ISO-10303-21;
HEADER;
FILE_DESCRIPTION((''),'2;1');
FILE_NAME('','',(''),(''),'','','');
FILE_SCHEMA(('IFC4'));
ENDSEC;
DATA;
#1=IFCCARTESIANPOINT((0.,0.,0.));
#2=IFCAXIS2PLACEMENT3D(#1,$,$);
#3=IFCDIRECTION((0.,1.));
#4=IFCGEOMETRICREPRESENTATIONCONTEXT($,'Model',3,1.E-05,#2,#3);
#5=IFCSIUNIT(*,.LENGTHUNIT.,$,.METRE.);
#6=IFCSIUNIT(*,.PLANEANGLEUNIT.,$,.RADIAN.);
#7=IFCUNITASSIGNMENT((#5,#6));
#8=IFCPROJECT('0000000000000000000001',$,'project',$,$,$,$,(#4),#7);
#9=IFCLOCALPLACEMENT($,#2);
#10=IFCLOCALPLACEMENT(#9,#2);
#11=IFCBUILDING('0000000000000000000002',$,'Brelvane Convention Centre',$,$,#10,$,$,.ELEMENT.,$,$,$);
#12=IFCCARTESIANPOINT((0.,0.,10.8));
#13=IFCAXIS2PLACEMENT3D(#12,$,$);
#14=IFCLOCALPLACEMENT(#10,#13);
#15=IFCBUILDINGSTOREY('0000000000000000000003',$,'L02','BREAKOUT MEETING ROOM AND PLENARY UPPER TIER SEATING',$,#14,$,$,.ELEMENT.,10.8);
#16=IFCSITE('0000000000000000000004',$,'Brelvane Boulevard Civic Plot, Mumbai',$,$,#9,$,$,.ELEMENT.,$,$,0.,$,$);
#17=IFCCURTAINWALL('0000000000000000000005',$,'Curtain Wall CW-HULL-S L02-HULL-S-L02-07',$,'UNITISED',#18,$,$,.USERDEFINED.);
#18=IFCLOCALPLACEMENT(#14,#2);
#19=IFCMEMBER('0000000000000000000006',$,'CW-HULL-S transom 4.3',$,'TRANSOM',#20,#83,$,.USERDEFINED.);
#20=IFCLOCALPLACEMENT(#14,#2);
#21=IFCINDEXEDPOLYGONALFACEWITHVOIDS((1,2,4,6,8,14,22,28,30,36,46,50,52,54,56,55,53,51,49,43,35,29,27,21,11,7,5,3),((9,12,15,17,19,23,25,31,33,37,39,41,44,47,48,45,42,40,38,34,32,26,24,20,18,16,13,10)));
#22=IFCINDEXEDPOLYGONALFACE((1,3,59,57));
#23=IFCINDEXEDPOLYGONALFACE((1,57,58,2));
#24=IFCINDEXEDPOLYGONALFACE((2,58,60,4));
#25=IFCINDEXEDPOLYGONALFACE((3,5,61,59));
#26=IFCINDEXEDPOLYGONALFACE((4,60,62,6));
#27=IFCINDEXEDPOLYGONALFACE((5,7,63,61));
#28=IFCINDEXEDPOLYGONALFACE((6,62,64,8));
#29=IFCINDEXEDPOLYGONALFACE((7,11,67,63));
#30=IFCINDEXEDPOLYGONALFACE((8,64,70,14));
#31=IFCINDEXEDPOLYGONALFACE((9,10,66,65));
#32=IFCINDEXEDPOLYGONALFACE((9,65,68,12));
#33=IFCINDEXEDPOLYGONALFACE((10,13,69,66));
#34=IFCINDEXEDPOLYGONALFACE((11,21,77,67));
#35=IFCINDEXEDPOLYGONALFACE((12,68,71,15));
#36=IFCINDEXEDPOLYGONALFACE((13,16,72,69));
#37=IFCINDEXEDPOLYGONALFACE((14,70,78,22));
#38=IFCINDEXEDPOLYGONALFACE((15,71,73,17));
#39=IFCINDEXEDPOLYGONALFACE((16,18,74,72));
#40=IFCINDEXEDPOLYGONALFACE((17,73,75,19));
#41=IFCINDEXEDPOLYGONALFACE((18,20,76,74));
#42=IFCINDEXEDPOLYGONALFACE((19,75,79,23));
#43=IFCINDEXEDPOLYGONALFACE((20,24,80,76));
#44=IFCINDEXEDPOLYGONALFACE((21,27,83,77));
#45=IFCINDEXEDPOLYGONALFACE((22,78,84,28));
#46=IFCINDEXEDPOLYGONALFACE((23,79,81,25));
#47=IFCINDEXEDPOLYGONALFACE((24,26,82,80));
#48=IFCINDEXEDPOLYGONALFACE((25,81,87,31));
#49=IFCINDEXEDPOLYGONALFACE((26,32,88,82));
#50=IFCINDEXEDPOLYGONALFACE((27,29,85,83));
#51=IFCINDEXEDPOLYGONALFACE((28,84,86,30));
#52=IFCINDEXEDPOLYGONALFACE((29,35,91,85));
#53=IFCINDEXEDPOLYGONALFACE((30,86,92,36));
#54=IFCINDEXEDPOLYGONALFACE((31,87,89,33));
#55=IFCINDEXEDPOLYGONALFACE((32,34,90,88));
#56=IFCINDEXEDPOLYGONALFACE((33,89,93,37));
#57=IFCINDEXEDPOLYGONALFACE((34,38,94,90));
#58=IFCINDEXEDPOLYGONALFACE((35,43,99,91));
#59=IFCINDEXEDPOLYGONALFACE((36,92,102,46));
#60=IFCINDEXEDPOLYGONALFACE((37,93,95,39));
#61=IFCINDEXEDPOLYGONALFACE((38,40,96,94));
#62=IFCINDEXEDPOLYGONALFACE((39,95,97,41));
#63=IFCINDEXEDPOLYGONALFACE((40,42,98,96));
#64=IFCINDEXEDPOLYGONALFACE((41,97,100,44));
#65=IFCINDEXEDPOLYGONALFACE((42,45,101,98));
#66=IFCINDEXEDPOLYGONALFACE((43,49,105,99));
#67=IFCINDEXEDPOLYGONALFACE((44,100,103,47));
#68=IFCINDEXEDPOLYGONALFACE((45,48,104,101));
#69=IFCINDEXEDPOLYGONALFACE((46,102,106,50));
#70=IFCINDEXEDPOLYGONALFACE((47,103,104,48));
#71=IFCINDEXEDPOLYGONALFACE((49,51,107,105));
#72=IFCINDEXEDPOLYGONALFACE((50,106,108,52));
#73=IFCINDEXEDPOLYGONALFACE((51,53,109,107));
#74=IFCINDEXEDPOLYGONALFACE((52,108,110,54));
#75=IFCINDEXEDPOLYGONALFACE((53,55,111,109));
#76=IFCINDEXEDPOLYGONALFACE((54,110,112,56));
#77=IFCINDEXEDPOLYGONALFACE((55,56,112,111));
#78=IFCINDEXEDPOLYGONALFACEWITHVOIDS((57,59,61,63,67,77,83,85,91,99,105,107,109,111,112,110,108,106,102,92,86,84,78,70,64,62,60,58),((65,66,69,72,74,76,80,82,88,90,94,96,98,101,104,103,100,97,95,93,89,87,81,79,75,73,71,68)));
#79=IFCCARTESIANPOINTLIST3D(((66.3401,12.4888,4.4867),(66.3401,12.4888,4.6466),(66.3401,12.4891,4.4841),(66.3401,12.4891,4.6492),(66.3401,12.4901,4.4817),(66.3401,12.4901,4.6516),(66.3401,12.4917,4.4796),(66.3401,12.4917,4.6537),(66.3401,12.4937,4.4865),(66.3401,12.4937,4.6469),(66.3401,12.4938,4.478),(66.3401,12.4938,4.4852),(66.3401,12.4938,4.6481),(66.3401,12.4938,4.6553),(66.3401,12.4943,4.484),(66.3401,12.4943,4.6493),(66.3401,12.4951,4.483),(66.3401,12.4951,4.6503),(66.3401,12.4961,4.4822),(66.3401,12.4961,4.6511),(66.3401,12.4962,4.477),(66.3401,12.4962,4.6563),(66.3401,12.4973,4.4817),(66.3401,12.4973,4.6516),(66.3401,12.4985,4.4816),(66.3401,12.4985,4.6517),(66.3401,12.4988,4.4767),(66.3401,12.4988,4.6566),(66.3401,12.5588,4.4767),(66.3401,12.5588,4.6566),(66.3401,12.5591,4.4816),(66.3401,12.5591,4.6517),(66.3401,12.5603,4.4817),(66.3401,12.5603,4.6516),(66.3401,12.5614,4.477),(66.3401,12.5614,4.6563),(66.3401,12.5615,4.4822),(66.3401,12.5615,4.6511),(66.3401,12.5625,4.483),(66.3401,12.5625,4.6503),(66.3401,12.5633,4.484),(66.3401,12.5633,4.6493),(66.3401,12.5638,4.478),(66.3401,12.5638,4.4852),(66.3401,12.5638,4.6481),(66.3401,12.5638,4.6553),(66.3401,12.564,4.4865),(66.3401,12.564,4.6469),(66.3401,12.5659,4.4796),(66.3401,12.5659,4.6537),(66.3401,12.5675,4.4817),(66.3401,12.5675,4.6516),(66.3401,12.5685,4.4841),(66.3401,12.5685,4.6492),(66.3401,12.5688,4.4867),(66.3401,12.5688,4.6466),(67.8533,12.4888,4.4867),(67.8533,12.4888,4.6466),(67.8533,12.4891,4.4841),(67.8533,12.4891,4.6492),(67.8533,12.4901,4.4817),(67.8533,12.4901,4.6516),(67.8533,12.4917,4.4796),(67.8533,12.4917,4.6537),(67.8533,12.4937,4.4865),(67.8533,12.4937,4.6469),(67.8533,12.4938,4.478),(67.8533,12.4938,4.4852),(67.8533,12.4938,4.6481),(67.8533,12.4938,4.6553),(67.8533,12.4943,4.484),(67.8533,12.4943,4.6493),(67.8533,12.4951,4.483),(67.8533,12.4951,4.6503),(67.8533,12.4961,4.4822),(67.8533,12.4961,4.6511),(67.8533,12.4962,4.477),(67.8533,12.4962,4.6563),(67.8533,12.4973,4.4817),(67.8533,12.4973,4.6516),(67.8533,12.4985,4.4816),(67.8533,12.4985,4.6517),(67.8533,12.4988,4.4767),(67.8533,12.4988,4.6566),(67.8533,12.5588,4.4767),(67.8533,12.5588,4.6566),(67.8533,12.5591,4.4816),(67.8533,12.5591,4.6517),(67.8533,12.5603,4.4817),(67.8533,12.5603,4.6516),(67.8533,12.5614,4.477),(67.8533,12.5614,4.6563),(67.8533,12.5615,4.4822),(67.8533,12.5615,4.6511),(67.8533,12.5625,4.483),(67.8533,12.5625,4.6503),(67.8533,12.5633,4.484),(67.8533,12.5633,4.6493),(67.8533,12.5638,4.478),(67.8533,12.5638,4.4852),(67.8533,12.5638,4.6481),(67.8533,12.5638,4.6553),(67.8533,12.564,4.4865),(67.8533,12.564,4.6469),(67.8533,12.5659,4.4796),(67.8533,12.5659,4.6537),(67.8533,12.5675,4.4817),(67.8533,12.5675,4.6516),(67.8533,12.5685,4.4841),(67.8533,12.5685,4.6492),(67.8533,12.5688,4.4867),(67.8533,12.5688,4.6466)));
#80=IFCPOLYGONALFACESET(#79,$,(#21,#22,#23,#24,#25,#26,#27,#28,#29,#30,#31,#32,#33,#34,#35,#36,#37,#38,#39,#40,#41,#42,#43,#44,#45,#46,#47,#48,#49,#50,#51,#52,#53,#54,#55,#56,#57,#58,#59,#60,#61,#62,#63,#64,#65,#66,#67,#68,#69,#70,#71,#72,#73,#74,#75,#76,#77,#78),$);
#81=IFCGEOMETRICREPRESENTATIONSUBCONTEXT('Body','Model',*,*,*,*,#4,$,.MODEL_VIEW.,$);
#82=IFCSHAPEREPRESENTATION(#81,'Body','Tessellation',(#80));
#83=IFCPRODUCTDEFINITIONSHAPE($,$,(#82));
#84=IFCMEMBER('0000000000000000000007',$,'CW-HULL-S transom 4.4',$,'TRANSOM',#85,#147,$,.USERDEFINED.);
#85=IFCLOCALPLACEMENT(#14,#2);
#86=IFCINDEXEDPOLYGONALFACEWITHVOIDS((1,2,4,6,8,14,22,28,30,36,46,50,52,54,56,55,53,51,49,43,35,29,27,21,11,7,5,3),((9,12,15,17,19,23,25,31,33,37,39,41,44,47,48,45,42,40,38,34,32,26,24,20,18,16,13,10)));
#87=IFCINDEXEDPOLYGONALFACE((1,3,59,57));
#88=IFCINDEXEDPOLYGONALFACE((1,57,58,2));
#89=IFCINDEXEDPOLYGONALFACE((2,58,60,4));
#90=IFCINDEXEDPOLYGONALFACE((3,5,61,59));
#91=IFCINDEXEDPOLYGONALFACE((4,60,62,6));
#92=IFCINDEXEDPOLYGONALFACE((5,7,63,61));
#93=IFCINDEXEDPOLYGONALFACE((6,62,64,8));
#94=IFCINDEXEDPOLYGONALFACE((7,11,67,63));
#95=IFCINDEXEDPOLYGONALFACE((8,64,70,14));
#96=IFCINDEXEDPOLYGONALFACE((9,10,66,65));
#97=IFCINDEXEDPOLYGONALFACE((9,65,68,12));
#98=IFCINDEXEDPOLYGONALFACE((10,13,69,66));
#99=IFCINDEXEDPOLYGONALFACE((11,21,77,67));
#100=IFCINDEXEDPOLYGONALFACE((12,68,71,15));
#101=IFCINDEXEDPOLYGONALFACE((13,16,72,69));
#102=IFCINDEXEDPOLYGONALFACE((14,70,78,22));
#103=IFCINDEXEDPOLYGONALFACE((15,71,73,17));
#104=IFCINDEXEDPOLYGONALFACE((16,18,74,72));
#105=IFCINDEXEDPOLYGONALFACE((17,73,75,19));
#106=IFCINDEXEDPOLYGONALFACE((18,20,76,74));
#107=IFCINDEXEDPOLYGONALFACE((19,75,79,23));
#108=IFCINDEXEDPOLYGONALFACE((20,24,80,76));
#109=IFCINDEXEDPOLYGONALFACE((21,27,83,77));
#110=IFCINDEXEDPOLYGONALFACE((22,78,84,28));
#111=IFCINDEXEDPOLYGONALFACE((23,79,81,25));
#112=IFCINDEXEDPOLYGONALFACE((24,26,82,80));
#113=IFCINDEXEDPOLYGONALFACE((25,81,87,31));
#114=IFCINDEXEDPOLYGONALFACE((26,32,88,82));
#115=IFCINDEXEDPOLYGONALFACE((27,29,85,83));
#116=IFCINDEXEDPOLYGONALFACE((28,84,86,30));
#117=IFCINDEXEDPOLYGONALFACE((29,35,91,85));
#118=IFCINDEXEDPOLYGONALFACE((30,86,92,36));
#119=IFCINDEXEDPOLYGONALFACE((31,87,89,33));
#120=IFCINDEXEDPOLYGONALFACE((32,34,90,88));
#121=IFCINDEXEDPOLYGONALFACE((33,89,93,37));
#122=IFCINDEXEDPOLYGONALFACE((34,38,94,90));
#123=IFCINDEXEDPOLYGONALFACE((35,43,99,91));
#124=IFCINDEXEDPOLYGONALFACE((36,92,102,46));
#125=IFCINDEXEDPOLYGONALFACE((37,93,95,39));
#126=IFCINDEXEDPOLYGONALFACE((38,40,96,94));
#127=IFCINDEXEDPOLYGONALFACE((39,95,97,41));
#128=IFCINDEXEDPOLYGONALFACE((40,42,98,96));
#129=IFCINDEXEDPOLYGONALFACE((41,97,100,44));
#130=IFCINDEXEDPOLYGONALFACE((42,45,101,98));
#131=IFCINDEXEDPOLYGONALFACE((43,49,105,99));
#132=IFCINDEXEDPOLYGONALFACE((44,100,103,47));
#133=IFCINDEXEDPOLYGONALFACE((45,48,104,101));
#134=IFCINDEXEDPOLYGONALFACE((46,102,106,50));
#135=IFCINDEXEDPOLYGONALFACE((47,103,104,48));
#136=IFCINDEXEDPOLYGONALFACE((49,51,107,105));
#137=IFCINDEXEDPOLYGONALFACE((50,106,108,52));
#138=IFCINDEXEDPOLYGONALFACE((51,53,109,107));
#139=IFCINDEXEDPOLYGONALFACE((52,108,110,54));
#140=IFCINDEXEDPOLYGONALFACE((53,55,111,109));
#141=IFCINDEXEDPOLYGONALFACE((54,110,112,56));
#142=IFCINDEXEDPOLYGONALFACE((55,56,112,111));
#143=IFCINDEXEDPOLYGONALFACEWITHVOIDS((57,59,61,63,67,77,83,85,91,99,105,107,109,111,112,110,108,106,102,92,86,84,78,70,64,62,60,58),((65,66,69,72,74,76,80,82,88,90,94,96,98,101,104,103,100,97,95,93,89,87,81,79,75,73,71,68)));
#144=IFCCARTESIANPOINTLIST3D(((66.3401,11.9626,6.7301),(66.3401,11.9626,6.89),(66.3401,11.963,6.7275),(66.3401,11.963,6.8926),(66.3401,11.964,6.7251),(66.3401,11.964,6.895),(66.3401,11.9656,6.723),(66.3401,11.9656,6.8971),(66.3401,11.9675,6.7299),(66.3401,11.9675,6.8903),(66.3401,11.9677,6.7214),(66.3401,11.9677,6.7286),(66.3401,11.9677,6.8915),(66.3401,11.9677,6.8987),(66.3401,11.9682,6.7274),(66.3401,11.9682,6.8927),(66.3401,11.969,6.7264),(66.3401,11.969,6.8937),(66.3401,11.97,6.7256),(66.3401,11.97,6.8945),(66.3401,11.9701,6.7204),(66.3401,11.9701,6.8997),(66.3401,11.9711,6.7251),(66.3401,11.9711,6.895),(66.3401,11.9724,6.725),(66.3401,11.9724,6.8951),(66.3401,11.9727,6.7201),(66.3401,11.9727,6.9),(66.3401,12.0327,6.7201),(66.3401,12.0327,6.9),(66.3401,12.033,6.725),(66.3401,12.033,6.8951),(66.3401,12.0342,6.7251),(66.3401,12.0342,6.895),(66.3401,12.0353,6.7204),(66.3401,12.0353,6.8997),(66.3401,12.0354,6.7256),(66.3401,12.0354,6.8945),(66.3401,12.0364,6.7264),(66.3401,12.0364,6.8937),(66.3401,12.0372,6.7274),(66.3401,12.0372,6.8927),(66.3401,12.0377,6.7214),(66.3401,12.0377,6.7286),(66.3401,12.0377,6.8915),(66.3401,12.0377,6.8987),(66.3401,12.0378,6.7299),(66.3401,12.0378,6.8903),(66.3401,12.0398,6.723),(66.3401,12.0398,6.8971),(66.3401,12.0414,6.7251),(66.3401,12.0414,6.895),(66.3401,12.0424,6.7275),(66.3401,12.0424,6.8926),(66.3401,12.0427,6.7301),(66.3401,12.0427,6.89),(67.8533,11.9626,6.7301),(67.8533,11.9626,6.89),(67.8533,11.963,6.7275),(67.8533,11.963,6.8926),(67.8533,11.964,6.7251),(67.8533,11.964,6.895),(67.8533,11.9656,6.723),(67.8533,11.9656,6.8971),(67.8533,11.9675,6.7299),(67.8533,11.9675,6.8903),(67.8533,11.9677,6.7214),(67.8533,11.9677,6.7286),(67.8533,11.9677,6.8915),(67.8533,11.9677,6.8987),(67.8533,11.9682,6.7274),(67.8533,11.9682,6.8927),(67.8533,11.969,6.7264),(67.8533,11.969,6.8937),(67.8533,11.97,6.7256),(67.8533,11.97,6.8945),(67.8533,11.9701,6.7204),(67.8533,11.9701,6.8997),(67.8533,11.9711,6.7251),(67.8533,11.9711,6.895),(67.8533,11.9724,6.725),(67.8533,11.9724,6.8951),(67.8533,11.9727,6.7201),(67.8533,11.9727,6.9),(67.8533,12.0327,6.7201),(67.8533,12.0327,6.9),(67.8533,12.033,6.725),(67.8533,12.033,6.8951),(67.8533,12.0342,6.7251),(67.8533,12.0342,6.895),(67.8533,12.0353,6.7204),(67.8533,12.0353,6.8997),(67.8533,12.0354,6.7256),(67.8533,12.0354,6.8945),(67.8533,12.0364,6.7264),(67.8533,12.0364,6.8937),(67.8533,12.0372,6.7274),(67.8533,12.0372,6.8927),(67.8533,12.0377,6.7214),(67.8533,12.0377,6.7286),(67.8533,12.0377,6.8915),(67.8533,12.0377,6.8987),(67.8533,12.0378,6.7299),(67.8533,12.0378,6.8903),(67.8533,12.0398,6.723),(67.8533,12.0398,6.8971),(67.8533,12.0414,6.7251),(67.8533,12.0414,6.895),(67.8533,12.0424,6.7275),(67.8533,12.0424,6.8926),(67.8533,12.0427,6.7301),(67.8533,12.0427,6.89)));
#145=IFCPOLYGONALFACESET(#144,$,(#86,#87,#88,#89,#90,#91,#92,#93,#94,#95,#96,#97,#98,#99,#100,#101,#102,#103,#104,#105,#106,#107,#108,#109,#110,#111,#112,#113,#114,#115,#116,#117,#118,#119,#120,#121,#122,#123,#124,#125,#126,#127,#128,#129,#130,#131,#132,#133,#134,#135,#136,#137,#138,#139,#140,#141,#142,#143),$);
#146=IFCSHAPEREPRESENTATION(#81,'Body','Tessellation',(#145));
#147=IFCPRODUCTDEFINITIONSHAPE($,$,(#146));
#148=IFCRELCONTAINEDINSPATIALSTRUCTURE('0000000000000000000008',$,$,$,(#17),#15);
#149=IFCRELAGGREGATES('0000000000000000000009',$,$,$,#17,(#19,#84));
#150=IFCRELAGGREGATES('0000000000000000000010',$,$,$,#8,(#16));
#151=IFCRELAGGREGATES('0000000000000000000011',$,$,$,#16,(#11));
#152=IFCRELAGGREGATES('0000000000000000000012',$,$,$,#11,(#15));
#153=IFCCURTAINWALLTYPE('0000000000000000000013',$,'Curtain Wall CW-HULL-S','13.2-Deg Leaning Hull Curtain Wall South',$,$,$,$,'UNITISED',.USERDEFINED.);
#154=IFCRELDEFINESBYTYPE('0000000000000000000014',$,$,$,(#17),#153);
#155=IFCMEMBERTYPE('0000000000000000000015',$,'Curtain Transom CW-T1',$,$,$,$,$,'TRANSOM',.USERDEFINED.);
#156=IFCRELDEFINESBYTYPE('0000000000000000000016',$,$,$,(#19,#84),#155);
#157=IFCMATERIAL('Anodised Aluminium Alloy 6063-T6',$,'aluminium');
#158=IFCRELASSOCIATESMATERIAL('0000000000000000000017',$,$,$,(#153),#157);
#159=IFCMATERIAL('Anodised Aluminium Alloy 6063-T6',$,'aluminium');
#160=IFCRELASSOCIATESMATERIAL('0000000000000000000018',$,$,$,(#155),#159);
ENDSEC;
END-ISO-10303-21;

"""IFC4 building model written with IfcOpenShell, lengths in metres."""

from ifc_helpers import new_model, si_unit, direction, frame, origin, origin_2d, place, context, subcontext, project, spatial, hollow_rectangle, extrude, material, material_profile, profile_set, type_object, element, aggregate, save


model = new_model("IFC4")

# Units and contexts
model_context = context("Model", 3, precision=1e-05, world=origin(), true_north=direction((0.0, 1.0)))
body_context = subcontext(model_context, "Body", "Model", "MODEL_VIEW")
ifc_project = project(units=[si_unit("LENGTHUNIT", "METRE"), si_unit("PLANEANGLEUNIT", "RADIAN")], contexts=[model_context])

# Site, building, storey
site_placement = place(None, origin())
site = spatial("IfcSite", under=ifc_project, at=site_placement, Name="Brelvane Boulevard Civic Plot, Mumbai", CompositionType="ELEMENT", RefElevation=0.0)
building_placement = place(site_placement, origin())
building = spatial("IfcBuilding", under=site, at=building_placement, Name="Brelvane Convention Centre", CompositionType="ELEMENT")
storey_placement = place(building_placement, frame((0.0, 0.0, 10.8)))
storey = spatial("IfcBuildingStorey", under=building, at=storey_placement, Name="L02", Description="BREAKOUT MEETING ROOM AND PLENARY UPPER TIER SEATING", CompositionType="ELEMENT", Elevation=10.8)

# Curtain wall, members
ifc_material_1 = material(Name="Anodised Aluminium Alloy 6063-T6", Category="aluminium")
curtain_wall_type = type_object("IfcCurtainWallType", Name="Curtain Wall CW-HULL-S", Description="13.2-Deg Leaning Hull Curtain Wall South", ElementType="UNITISED", PredefinedType="USERDEFINED", material=ifc_material_1)
curtain_wall_1_placement = place(storey_placement, origin())
curtain_wall_1 = element("IfcCurtainWall", 1, at=curtain_wall_1_placement, inside=storey, type_object=curtain_wall_type, Name="Curtain Wall CW-HULL-S L02-HULL-S-L02-07", ObjectType="UNITISED", PredefinedType="USERDEFINED")
ifc_material_2 = material(Name="Anodised Aluminium Alloy 6063-T6", Category="aluminium")
ifc_material_profile = material_profile(ifc_material_2, hollow_rectangle(XDim=0.0801, YDim=0.1799, WallThickness=0.0049, InnerFilletRadius=0.0049, OuterFilletRadius=0.01, at=origin_2d()), Name="ALU-T 180x80x5.0")
ifc_profile_set = profile_set([ifc_material_profile], Name="Anodised Aluminium Alloy 6063-T6")
member_type = type_object("IfcMemberType", Name="Curtain Transom CW-T1", ElementType="TRANSOM", PredefinedType="USERDEFINED", material=ifc_profile_set)
member_1_placement = place(storey_placement, frame((66.3401, 12.5288, 4.5667), z_axis=(1.0, 0.0, 0.0), x_axis=(0.0, 1.0, 0.0)))
member_1 = element("IfcMember", 2, at=member_1_placement, type_object=member_type, Name="CW-HULL-S transom 4.3", ObjectType="TRANSOM", PredefinedType="USERDEFINED", context=body_context, shape_type="SweptSolid", body=[
    extrude(hollow_rectangle(XDim=0.0801, YDim=0.1799, WallThickness=0.0049, InnerFilletRadius=0.0049, OuterFilletRadius=0.01, at=origin_2d()), origin(), (0.0, 0.0, 1.0), 1.5132),
])
member_2_placement = place(storey_placement, frame((66.3401, 12.0027, 6.8101), z_axis=(1.0, 0.0, 0.0), x_axis=(0.0, 1.0, 0.0)))
member_2 = element("IfcMember", 3, at=member_2_placement, type_object=member_type, Name="CW-HULL-S transom 4.4", ObjectType="TRANSOM", PredefinedType="USERDEFINED", context=body_context, shape_type="SweptSolid", body=[
    extrude(hollow_rectangle(XDim=0.0801, YDim=0.1799, WallThickness=0.0049, InnerFilletRadius=0.0049, OuterFilletRadius=0.01, at=origin_2d()), origin(), (0.0, 0.0, 1.0), 1.5132),
])

aggregate(curtain_wall_1, [member_1, member_2])

save(model, "model.ifc")
